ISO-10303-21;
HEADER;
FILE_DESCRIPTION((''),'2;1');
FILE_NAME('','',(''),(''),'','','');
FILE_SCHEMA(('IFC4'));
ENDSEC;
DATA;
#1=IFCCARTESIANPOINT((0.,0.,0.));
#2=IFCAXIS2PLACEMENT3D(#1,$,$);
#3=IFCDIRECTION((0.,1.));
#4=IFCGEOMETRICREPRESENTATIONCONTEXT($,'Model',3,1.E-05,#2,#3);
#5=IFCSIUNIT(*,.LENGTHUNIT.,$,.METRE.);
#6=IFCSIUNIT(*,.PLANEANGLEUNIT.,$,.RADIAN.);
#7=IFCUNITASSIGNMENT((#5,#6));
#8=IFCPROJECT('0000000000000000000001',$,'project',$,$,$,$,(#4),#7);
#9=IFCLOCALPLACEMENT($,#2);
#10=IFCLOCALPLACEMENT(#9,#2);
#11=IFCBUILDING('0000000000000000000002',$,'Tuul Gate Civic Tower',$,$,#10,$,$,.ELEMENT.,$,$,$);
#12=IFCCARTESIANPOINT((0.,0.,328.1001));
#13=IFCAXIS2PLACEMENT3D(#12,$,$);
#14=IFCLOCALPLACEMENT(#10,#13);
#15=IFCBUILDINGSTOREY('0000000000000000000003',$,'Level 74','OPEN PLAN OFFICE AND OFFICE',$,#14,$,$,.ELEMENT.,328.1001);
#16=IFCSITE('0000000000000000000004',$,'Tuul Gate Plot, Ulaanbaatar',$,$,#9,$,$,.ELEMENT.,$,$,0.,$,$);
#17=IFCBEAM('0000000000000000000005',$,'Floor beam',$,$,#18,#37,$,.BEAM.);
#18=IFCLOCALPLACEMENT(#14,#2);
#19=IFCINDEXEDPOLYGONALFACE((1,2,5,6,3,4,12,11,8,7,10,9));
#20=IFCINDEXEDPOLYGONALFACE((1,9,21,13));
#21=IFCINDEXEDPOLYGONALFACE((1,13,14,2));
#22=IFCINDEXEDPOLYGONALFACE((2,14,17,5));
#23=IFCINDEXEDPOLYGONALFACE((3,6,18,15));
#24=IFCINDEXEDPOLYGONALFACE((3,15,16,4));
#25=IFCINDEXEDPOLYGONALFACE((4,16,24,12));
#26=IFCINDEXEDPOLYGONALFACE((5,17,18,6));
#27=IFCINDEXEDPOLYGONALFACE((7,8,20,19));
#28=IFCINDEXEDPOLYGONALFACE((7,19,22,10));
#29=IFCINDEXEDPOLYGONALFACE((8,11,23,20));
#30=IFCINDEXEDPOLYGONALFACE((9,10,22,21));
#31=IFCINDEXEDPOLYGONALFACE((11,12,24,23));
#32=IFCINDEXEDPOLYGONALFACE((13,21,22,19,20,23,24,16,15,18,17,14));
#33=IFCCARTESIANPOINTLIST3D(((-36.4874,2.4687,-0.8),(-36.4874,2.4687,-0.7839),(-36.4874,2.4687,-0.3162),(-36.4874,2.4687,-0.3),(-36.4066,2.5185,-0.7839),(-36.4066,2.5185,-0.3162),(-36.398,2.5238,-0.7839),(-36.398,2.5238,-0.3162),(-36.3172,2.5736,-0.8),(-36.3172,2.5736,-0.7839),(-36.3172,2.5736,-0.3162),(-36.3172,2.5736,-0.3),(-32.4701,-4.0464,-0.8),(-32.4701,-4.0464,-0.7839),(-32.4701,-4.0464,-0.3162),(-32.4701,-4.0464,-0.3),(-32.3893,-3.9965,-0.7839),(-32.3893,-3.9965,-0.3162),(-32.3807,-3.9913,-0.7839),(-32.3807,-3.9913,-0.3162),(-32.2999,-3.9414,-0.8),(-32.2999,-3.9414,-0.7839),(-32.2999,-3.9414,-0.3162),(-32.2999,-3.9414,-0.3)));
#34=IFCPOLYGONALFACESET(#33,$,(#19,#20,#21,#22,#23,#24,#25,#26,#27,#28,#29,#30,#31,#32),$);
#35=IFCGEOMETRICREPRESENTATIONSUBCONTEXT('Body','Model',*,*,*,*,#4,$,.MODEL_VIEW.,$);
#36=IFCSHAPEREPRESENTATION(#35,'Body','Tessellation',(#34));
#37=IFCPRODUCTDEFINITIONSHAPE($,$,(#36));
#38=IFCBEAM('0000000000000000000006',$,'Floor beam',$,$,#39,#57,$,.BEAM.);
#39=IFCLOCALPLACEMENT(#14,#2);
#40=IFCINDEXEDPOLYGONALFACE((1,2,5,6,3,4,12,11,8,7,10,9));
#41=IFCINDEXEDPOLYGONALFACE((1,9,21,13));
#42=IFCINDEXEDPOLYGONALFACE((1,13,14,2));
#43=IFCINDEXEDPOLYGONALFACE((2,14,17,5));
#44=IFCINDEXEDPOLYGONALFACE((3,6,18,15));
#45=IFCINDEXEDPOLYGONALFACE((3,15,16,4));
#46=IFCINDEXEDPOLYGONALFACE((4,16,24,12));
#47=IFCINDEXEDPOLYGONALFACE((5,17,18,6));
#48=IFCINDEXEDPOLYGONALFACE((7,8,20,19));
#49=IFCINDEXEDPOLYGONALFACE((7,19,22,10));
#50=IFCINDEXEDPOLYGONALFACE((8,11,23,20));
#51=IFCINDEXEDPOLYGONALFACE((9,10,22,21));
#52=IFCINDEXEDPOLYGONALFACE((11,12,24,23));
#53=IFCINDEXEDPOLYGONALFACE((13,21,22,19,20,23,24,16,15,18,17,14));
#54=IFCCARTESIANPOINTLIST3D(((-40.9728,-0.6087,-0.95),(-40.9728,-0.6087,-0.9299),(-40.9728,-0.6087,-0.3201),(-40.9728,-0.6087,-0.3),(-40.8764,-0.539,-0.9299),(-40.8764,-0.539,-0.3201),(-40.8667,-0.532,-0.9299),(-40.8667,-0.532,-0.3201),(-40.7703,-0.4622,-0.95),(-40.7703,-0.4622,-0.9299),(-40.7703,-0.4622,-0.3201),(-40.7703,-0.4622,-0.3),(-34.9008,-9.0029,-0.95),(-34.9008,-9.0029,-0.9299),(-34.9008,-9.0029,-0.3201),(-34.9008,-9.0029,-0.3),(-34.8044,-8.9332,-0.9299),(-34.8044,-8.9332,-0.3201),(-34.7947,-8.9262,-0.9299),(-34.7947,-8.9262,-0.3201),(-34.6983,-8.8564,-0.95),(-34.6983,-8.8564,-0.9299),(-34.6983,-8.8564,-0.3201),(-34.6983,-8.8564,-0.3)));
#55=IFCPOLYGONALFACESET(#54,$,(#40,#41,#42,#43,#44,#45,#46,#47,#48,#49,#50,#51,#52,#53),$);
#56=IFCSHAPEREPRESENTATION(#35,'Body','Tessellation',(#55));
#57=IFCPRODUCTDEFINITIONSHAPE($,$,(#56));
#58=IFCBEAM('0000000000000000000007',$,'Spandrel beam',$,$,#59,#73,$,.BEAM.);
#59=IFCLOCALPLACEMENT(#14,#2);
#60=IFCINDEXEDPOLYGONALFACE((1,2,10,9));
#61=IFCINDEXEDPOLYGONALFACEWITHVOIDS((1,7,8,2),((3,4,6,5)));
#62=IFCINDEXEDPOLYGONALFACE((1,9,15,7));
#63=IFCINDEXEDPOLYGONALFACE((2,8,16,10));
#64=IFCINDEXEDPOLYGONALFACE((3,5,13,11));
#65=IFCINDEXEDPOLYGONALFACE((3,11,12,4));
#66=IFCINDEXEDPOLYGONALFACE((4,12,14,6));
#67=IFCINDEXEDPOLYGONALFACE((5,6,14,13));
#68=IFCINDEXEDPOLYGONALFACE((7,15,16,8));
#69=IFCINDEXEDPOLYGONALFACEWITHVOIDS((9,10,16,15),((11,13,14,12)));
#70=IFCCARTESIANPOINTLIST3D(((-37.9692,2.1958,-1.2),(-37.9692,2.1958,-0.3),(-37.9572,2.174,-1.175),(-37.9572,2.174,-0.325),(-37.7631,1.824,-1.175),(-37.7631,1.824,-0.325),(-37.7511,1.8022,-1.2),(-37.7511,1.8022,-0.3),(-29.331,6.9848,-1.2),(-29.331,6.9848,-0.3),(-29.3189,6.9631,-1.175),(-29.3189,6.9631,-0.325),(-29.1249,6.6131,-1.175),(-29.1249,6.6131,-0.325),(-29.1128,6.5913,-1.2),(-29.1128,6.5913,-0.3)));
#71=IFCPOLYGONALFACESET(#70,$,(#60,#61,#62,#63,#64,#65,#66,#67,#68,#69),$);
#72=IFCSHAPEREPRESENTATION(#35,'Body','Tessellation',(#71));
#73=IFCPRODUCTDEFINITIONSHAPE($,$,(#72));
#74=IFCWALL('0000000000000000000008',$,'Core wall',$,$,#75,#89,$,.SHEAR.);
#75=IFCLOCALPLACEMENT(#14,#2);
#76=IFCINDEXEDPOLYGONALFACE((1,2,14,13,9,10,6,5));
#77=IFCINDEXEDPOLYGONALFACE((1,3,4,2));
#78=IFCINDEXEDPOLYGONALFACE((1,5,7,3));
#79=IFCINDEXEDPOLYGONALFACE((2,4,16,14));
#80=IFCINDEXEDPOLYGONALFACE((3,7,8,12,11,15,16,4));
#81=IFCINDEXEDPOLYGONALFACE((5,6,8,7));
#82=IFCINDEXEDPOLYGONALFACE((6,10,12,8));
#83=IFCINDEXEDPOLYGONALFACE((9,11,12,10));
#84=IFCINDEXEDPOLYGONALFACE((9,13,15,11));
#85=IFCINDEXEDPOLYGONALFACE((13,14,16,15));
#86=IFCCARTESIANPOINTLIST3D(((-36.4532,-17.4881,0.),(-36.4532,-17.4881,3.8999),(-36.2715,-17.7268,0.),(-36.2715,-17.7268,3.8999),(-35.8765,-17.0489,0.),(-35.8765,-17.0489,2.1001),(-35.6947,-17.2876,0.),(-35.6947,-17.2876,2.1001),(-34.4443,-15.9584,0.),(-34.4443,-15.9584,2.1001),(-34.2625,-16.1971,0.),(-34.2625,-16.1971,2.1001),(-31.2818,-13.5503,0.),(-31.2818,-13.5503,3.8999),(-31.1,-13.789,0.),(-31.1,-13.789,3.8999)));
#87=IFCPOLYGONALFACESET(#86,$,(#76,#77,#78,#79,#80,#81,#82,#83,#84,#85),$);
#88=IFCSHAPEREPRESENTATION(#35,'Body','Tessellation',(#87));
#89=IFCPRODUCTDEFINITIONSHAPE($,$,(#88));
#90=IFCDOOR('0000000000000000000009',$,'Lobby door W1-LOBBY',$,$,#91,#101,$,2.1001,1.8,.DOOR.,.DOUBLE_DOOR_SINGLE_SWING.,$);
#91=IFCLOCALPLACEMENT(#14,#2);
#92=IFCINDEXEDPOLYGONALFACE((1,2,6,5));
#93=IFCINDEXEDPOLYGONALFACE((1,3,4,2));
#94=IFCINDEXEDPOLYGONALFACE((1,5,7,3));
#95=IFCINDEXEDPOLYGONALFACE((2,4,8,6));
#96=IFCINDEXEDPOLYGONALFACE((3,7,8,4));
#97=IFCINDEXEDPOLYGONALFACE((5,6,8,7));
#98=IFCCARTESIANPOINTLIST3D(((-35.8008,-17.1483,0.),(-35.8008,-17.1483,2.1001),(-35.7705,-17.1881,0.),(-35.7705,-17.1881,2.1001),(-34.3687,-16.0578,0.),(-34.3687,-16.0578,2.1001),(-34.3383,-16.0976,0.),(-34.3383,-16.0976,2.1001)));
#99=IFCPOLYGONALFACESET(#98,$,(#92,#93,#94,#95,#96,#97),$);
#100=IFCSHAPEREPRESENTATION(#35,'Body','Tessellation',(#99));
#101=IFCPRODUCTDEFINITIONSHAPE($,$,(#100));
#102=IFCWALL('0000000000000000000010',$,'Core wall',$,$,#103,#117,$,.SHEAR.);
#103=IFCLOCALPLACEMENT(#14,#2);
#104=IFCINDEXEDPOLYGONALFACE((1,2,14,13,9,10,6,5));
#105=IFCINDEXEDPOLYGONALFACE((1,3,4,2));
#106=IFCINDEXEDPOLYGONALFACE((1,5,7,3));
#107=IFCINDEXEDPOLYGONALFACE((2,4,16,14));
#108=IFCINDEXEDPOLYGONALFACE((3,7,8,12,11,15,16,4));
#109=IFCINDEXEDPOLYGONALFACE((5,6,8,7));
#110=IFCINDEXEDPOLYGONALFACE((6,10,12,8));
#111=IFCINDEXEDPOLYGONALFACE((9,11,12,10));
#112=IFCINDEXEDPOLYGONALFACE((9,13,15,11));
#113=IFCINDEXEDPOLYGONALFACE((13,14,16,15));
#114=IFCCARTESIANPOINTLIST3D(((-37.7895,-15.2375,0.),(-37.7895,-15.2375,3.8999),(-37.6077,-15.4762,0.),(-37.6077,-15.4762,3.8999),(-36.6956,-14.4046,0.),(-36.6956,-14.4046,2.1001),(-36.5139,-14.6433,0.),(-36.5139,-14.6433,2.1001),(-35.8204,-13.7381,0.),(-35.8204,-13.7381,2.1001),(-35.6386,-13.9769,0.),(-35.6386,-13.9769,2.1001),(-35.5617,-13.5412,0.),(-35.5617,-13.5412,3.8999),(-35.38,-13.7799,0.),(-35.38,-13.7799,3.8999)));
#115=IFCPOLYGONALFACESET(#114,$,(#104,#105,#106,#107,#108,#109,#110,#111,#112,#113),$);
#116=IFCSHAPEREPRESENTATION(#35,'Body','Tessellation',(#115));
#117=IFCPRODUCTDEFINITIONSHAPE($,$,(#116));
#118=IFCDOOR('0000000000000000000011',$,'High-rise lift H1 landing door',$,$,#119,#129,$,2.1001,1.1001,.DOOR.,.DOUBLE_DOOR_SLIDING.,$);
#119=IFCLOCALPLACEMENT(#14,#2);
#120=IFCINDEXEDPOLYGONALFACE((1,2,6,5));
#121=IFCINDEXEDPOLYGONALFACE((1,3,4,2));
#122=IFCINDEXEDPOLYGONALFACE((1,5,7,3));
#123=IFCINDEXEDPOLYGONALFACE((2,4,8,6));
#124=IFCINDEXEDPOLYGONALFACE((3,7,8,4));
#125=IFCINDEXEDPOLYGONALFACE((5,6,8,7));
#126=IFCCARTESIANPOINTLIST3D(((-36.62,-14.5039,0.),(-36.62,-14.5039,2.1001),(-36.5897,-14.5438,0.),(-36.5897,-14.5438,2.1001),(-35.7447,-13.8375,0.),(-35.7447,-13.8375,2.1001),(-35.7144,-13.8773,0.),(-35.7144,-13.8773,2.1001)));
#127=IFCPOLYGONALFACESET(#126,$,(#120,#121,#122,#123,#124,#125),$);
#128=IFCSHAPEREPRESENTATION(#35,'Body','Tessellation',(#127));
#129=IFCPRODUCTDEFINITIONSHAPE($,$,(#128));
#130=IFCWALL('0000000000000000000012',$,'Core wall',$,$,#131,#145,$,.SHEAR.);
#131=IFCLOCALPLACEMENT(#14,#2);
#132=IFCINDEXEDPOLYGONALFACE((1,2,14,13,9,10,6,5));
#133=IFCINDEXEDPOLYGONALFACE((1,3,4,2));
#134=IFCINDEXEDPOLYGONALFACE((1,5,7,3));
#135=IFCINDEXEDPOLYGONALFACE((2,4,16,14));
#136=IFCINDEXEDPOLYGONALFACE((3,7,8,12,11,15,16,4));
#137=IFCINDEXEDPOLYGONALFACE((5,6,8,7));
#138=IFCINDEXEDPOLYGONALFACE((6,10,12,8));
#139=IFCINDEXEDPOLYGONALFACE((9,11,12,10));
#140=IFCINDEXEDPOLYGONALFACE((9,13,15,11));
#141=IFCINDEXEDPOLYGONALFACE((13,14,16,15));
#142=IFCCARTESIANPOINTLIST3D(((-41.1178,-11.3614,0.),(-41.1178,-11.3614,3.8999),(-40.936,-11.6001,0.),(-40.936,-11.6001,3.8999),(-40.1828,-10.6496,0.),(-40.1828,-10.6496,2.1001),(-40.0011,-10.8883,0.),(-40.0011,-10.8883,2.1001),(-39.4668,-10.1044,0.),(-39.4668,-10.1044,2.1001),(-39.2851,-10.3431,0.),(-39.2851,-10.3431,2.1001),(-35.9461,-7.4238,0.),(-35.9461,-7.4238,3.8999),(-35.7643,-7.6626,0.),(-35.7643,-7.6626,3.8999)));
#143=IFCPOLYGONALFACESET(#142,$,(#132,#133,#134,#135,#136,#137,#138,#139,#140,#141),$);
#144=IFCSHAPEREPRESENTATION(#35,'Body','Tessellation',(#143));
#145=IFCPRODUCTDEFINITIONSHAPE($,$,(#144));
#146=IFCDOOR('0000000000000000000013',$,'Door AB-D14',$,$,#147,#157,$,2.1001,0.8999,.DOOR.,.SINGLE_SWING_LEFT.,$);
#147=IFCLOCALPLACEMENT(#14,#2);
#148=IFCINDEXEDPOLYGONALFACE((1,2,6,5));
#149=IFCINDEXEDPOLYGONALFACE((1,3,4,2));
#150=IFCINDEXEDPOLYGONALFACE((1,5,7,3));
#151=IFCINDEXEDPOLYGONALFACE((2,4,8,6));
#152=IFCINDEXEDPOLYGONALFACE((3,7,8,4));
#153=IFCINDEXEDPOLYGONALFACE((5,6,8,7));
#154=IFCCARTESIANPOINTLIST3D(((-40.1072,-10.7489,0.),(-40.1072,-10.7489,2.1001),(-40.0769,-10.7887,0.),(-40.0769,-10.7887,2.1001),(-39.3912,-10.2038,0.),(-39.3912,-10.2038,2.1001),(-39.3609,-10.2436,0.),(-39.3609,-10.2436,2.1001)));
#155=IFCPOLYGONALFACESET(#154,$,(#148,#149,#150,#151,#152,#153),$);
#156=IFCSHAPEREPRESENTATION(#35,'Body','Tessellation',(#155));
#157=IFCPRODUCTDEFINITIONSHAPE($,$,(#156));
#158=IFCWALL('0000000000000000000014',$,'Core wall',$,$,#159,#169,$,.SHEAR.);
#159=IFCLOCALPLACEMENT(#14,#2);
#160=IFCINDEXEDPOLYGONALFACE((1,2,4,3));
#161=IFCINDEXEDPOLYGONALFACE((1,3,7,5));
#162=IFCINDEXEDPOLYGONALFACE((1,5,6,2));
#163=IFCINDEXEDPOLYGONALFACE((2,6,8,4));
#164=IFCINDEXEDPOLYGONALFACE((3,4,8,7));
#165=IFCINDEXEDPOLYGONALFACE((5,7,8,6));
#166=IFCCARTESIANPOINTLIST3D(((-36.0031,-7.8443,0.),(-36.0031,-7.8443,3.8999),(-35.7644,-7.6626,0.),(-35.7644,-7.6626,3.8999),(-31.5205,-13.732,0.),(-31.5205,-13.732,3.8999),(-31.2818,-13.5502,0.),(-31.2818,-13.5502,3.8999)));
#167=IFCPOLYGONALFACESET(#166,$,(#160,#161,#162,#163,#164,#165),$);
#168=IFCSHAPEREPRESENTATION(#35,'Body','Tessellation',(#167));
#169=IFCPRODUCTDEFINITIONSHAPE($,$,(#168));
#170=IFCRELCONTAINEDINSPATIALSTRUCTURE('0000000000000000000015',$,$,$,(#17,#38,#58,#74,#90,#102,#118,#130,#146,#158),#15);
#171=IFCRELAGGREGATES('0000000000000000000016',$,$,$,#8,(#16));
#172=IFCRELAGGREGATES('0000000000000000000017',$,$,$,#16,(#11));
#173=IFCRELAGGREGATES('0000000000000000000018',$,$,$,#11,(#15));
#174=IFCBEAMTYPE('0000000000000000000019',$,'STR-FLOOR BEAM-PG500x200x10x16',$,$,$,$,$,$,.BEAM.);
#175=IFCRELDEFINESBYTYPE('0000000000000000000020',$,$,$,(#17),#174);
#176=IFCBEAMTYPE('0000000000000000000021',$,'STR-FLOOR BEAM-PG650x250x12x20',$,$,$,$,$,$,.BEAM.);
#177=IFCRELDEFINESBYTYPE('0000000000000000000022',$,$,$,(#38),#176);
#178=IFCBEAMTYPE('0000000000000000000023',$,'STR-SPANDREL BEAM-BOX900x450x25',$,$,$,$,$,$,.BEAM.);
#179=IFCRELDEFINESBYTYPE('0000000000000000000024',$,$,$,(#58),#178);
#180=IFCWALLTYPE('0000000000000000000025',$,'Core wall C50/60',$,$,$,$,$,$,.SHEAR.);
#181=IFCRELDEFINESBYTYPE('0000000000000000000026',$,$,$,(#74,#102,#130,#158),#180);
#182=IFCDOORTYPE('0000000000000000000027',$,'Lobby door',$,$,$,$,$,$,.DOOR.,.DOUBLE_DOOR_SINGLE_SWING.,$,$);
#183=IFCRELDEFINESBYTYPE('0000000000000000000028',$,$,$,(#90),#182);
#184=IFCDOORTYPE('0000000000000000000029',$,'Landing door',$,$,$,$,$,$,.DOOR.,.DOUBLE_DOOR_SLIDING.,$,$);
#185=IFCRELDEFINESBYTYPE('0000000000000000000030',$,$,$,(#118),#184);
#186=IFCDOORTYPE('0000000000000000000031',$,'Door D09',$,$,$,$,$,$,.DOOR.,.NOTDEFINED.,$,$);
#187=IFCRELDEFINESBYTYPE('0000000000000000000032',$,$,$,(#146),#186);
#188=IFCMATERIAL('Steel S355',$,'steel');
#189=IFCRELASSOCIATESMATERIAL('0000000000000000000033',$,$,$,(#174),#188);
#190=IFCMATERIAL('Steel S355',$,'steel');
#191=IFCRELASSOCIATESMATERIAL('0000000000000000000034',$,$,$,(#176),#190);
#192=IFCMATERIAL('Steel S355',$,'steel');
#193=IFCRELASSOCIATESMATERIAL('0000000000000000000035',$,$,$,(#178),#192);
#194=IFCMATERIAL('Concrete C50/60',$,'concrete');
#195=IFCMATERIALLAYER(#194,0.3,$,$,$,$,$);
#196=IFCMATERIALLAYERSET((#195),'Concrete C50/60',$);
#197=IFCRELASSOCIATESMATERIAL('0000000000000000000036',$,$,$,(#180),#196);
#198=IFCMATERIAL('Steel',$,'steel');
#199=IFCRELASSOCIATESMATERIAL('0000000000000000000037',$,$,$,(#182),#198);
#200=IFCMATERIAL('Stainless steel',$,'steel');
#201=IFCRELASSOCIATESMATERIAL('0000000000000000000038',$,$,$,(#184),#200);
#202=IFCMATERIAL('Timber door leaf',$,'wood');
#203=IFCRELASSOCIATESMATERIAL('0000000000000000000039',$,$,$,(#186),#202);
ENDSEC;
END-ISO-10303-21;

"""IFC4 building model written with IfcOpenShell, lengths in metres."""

from ifc_helpers import new_model, si_unit, direction, frame, frame_2d, origin, origin_2d, place, context, subcontext, project, spatial, rectangle, hollow_rectangle, i_section, extrude, material, layer, layer_set, material_profile, profile_set, type_object, element, fill, save


model = new_model("IFC4")

# Units and contexts
model_context = context("Model", 3, precision=1e-05, world=origin(), true_north=direction((0.0, 1.0)))
body_context = subcontext(model_context, "Body", "Model", "MODEL_VIEW")
ifc_project = project(units=[si_unit("LENGTHUNIT", "METRE"), si_unit("PLANEANGLEUNIT", "RADIAN")], contexts=[model_context])

# Site, building, storey
site_placement = place(None, origin())
site = spatial("IfcSite", under=ifc_project, at=site_placement, Name="Tuul Gate Plot, Ulaanbaatar", CompositionType="ELEMENT", RefElevation=0.0)
building_placement = place(site_placement, origin())
building = spatial("IfcBuilding", under=site, at=building_placement, Name="Tuul Gate Civic Tower", CompositionType="ELEMENT")
storey_placement = place(building_placement, frame((0.0, 0.0, 328.1001)))
storey = spatial("IfcBuildingStorey", under=building, at=storey_placement, Name="Level 74", Description="OPEN PLAN OFFICE AND OFFICE", CompositionType="ELEMENT", Elevation=328.1001)

# Beams
ifc_material_1 = material(Name="Steel S355", Category="steel")
ifc_material_profile_1 = material_profile(ifc_material_1, i_section(OverallWidth=0.2, OverallDepth=0.5, WebThickness=0.01, FlangeThickness=0.0161, at=origin_2d()), Name="PG500x200x10x16")
ifc_profile_set_1 = profile_set([ifc_material_profile_1], Name="Steel S355")
beam_type_1 = type_object("IfcBeamType", Name="STR-FLOOR BEAM-PG500x200x10x16", PredefinedType="BEAM", material=ifc_profile_set_1)
beam_1_placement = place(storey_placement, frame((-32.385, -3.9939, -0.55), z_axis=(-0.524857, 0.85119, 0.0), x_axis=(-0.85119, -0.524857, 0.0)))
element("IfcBeam", 1, at=beam_1_placement, inside=storey, type_object=beam_type_1, Name="Floor beam", PredefinedType="BEAM", context=body_context, shape_type="SweptSolid", body=[
    extrude(i_section(OverallWidth=0.2, OverallDepth=0.5, WebThickness=0.01, FlangeThickness=0.0161, at=origin_2d()), origin(), (0.0, 0.0, 1.0), 7.6541),
])
ifc_material_2 = material(Name="Steel S355", Category="steel")
ifc_material_profile_2 = material_profile(ifc_material_2, i_section(OverallWidth=0.25, OverallDepth=0.6499, WebThickness=0.012, FlangeThickness=0.02, at=origin_2d()), Name="PG650x250x12x20")
ifc_profile_set_2 = profile_set([ifc_material_profile_2], Name="Steel S355")
beam_type_2 = type_object("IfcBeamType", Name="STR-FLOOR BEAM-PG650x250x12x20", PredefinedType="BEAM", material=ifc_profile_set_2)
beam_2_placement = place(storey_placement, frame((-34.7996, -8.9297, -0.625), z_axis=(-0.586092, 0.810245, 0.0), x_axis=(-0.810245, -0.586092, 0.0)))
element("IfcBeam", 2, at=beam_2_placement, inside=storey, type_object=beam_type_2, Name="Floor beam", PredefinedType="BEAM", context=body_context, shape_type="SweptSolid", body=[
    extrude(i_section(OverallWidth=0.25, OverallDepth=0.6499, WebThickness=0.012, FlangeThickness=0.02, at=origin_2d()), origin(), (0.0, 0.0, 1.0), 10.3601),
])
ifc_material_3 = material(Name="Steel S355", Category="steel")
ifc_material_profile_3 = material_profile(ifc_material_3, hollow_rectangle(XDim=0.45, YDim=0.8999, WallThickness=0.0249, at=origin_2d()), Name="BOX900x450x25")
ifc_profile_set_3 = profile_set([ifc_material_profile_3], Name="Steel S355")
beam_type_3 = type_object("IfcBeamType", Name="STR-SPANDREL BEAM-BOX900x450x25", PredefinedType="BEAM", material=ifc_profile_set_3)
beam_3_placement = place(storey_placement, frame((-29.2219, 6.7881, -0.75), z_axis=(-0.874584, -0.484875, 0.0), x_axis=(0.484875, -0.874584, 0.0)))
element("IfcBeam", 3, at=beam_3_placement, inside=storey, type_object=beam_type_3, Name="Spandrel beam", PredefinedType="BEAM", context=body_context, shape_type="SweptSolid", body=[
    extrude(hollow_rectangle(XDim=0.45, YDim=0.8999, WallThickness=0.0249, at=origin_2d()), origin(), (0.0, 0.0, 1.0), 9.877),
])

# Walls, openings, doors
ifc_material_4 = material(Name="Concrete C50/60", Category="concrete")
ifc_layer_1 = layer(ifc_material_4, 0.3)
ifc_layer_set_1 = layer_set([ifc_layer_1], Name="Concrete C50/60")
wall_type_1 = type_object("IfcWallType", Name="Core wall C50/60", PredefinedType="SHEAR", material=ifc_layer_set_1)
wall_1_placement = place(storey_placement, frame((-31.1909, -13.6697, 0.0), z_axis=(0.0, 0.0, 1.0), x_axis=(-0.795607, -0.605813, 0.0)))
wall_1 = element("IfcWall", 4, at=wall_1_placement, inside=storey, type_object=wall_type_1, Name="Core wall", PredefinedType="SHEAR", context=body_context, shape_type="SweptSolid", body=[
    extrude(rectangle(XDim=6.5, YDim=0.3, at=frame_2d((3.25, 0.0))), origin(), (0.0, 0.0, 1.0), 3.8999),
])
opening_1_placement = place(wall_1_placement, frame((3.9751, 0.0, 0.0)))
opening_1 = element("IfcOpeningElement", 5, at=opening_1_placement, cuts=wall_1, PredefinedType="OPENING", context=body_context, shape_type="SweptSolid", body=[
    extrude(rectangle(XDim=1.8, YDim=2.1001, at=frame_2d((0.8999, 1.05))), frame((0.0, 0.1602, 0.0), z_axis=(0.0, -1.0, 0.0), x_axis=(1.0, 0.0, 0.0)), (0.0, 0.0, 1.0), 0.3201),
])
ifc_material_5 = material(Name="Steel", Category="steel")
door_type_1 = type_object("IfcDoorType", Name="Lobby door", OperationType="DOUBLE_DOOR_SINGLE_SWING", PredefinedType="DOOR", material=ifc_material_5)
door_1_placement = place(opening_1_placement, origin())
door_1 = element("IfcDoor", 6, at=door_1_placement, inside=storey, type_object=door_type_1, Name="Lobby door W1-LOBBY", OperationType="DOUBLE_DOOR_SINGLE_SWING", OverallHeight=2.1001, OverallWidth=1.8, PredefinedType="DOOR", context=body_context, shape_type="SweptSolid", body=[
    extrude(rectangle(XDim=1.8, YDim=2.1001, at=frame_2d((0.8999, 1.05))), frame((0.0, 0.0249, 0.0), z_axis=(0.0, -1.0, 0.0), x_axis=(1.0, 0.0, 0.0)), (0.0, 0.0, 1.0), 0.05),
])
fill(opening_1, door_1)
wall_2_placement = place(storey_placement, frame((-35.4709, -13.6606, 0.0), z_axis=(0.0, 0.0, 1.0), x_axis=(-0.795616, -0.605802, 0.0)))
wall_2 = element("IfcWall", 7, at=wall_2_placement, inside=storey, type_object=wall_type_1, Name="Core wall", PredefinedType="SHEAR", context=body_context, shape_type="SweptSolid", body=[
    extrude(rectangle(XDim=2.8, YDim=0.3, at=frame_2d((1.3999, 0.0))), origin(), (0.0, 0.0, 1.0), 3.8999),
])
opening_2_placement = place(wall_2_placement, frame((0.325, 0.0, 0.0)))
opening_2 = element("IfcOpeningElement", 8, at=opening_2_placement, cuts=wall_2, PredefinedType="OPENING", context=body_context, shape_type="SweptSolid", body=[
    extrude(rectangle(XDim=1.1001, YDim=2.1001, at=frame_2d((0.55, 1.05))), frame((0.0, 0.1602, 0.0), z_axis=(0.0, -1.0, 0.0), x_axis=(1.0, 0.0, 0.0)), (0.0, 0.0, 1.0), 0.3201),
])
ifc_material_6 = material(Name="Stainless steel", Category="steel")
door_type_2 = type_object("IfcDoorType", Name="Landing door", OperationType="DOUBLE_DOOR_SLIDING", PredefinedType="DOOR", material=ifc_material_6)
door_2_placement = place(opening_2_placement, origin())
door_2 = element("IfcDoor", 9, at=door_2_placement, inside=storey, type_object=door_type_2, Name="High-rise lift H1 landing door", OperationType="DOUBLE_DOOR_SLIDING", OverallHeight=2.1001, OverallWidth=1.1001, PredefinedType="DOOR", context=body_context, shape_type="SweptSolid", body=[
    extrude(rectangle(XDim=1.1001, YDim=2.1001, at=frame_2d((0.55, 1.05))), frame((0.0, 0.0249, 0.0), z_axis=(0.0, -1.0, 0.0), x_axis=(1.0, 0.0, 0.0)), (0.0, 0.0, 1.0), 0.05),
])
fill(opening_2, door_2)
wall_3_placement = place(storey_placement, frame((-35.8552, -7.5432, 0.0), z_axis=(0.0, 0.0, 1.0), x_axis=(-0.795639, -0.605772, 0.0)))
wall_3 = element("IfcWall", 10, at=wall_3_placement, inside=storey, type_object=wall_type_1, Name="Core wall", PredefinedType="SHEAR", context=body_context, shape_type="SweptSolid", body=[
    extrude(rectangle(XDim=6.5, YDim=0.3, at=frame_2d((3.25, 0.0))), origin(), (0.0, 0.0, 1.0), 3.8999),
])
opening_3_placement = place(wall_3_placement, frame((4.425, 0.0, 0.0)))
opening_3 = element("IfcOpeningElement", 11, at=opening_3_placement, cuts=wall_3, PredefinedType="OPENING", context=body_context, shape_type="SweptSolid", body=[
    extrude(rectangle(XDim=0.8999, YDim=2.1001, at=frame_2d((0.45, 1.05))), frame((0.0, 0.1602, 0.0), z_axis=(0.0, -1.0, 0.0), x_axis=(1.0, 0.0, 0.0)), (0.0, 0.0, 1.0), 0.3201),
])
ifc_material_7 = material(Name="Timber door leaf", Category="wood")
door_type_3 = type_object("IfcDoorType", Name="Door D09", OperationType="NOTDEFINED", PredefinedType="DOOR", material=ifc_material_7)
door_3_placement = place(opening_3_placement, origin())
door_3 = element("IfcDoor", 12, at=door_3_placement, inside=storey, type_object=door_type_3, Name="Door AB-D14", OperationType="SINGLE_SWING_LEFT", OverallHeight=2.1001, OverallWidth=0.8999, PredefinedType="DOOR", context=body_context, shape_type="SweptSolid", body=[
    extrude(rectangle(XDim=0.8999, YDim=2.1001, at=frame_2d((0.45, 1.05))), frame((0.0, 0.0249, 0.0), z_axis=(0.0, -1.0, 0.0), x_axis=(1.0, 0.0, 0.0)), (0.0, 0.0, 1.0), 0.05),
])
fill(opening_3, door_3)

# Wall
wall_4_placement = place(storey_placement, frame((-31.4011, -13.6411, 0.0), z_axis=(0.0, 0.0, 1.0), x_axis=(-0.60577, 0.79564, 0.0)))
element("IfcWall", 13, at=wall_4_placement, inside=storey, type_object=wall_type_1, Name="Core wall", PredefinedType="SHEAR", context=body_context, shape_type="SweptSolid", body=[
    extrude(rectangle(XDim=7.3999, YDim=0.3, at=frame_2d((3.7, 0.0))), origin(), (0.0, 0.0, 1.0), 3.8999),
])

save(model, "model.ifc")
